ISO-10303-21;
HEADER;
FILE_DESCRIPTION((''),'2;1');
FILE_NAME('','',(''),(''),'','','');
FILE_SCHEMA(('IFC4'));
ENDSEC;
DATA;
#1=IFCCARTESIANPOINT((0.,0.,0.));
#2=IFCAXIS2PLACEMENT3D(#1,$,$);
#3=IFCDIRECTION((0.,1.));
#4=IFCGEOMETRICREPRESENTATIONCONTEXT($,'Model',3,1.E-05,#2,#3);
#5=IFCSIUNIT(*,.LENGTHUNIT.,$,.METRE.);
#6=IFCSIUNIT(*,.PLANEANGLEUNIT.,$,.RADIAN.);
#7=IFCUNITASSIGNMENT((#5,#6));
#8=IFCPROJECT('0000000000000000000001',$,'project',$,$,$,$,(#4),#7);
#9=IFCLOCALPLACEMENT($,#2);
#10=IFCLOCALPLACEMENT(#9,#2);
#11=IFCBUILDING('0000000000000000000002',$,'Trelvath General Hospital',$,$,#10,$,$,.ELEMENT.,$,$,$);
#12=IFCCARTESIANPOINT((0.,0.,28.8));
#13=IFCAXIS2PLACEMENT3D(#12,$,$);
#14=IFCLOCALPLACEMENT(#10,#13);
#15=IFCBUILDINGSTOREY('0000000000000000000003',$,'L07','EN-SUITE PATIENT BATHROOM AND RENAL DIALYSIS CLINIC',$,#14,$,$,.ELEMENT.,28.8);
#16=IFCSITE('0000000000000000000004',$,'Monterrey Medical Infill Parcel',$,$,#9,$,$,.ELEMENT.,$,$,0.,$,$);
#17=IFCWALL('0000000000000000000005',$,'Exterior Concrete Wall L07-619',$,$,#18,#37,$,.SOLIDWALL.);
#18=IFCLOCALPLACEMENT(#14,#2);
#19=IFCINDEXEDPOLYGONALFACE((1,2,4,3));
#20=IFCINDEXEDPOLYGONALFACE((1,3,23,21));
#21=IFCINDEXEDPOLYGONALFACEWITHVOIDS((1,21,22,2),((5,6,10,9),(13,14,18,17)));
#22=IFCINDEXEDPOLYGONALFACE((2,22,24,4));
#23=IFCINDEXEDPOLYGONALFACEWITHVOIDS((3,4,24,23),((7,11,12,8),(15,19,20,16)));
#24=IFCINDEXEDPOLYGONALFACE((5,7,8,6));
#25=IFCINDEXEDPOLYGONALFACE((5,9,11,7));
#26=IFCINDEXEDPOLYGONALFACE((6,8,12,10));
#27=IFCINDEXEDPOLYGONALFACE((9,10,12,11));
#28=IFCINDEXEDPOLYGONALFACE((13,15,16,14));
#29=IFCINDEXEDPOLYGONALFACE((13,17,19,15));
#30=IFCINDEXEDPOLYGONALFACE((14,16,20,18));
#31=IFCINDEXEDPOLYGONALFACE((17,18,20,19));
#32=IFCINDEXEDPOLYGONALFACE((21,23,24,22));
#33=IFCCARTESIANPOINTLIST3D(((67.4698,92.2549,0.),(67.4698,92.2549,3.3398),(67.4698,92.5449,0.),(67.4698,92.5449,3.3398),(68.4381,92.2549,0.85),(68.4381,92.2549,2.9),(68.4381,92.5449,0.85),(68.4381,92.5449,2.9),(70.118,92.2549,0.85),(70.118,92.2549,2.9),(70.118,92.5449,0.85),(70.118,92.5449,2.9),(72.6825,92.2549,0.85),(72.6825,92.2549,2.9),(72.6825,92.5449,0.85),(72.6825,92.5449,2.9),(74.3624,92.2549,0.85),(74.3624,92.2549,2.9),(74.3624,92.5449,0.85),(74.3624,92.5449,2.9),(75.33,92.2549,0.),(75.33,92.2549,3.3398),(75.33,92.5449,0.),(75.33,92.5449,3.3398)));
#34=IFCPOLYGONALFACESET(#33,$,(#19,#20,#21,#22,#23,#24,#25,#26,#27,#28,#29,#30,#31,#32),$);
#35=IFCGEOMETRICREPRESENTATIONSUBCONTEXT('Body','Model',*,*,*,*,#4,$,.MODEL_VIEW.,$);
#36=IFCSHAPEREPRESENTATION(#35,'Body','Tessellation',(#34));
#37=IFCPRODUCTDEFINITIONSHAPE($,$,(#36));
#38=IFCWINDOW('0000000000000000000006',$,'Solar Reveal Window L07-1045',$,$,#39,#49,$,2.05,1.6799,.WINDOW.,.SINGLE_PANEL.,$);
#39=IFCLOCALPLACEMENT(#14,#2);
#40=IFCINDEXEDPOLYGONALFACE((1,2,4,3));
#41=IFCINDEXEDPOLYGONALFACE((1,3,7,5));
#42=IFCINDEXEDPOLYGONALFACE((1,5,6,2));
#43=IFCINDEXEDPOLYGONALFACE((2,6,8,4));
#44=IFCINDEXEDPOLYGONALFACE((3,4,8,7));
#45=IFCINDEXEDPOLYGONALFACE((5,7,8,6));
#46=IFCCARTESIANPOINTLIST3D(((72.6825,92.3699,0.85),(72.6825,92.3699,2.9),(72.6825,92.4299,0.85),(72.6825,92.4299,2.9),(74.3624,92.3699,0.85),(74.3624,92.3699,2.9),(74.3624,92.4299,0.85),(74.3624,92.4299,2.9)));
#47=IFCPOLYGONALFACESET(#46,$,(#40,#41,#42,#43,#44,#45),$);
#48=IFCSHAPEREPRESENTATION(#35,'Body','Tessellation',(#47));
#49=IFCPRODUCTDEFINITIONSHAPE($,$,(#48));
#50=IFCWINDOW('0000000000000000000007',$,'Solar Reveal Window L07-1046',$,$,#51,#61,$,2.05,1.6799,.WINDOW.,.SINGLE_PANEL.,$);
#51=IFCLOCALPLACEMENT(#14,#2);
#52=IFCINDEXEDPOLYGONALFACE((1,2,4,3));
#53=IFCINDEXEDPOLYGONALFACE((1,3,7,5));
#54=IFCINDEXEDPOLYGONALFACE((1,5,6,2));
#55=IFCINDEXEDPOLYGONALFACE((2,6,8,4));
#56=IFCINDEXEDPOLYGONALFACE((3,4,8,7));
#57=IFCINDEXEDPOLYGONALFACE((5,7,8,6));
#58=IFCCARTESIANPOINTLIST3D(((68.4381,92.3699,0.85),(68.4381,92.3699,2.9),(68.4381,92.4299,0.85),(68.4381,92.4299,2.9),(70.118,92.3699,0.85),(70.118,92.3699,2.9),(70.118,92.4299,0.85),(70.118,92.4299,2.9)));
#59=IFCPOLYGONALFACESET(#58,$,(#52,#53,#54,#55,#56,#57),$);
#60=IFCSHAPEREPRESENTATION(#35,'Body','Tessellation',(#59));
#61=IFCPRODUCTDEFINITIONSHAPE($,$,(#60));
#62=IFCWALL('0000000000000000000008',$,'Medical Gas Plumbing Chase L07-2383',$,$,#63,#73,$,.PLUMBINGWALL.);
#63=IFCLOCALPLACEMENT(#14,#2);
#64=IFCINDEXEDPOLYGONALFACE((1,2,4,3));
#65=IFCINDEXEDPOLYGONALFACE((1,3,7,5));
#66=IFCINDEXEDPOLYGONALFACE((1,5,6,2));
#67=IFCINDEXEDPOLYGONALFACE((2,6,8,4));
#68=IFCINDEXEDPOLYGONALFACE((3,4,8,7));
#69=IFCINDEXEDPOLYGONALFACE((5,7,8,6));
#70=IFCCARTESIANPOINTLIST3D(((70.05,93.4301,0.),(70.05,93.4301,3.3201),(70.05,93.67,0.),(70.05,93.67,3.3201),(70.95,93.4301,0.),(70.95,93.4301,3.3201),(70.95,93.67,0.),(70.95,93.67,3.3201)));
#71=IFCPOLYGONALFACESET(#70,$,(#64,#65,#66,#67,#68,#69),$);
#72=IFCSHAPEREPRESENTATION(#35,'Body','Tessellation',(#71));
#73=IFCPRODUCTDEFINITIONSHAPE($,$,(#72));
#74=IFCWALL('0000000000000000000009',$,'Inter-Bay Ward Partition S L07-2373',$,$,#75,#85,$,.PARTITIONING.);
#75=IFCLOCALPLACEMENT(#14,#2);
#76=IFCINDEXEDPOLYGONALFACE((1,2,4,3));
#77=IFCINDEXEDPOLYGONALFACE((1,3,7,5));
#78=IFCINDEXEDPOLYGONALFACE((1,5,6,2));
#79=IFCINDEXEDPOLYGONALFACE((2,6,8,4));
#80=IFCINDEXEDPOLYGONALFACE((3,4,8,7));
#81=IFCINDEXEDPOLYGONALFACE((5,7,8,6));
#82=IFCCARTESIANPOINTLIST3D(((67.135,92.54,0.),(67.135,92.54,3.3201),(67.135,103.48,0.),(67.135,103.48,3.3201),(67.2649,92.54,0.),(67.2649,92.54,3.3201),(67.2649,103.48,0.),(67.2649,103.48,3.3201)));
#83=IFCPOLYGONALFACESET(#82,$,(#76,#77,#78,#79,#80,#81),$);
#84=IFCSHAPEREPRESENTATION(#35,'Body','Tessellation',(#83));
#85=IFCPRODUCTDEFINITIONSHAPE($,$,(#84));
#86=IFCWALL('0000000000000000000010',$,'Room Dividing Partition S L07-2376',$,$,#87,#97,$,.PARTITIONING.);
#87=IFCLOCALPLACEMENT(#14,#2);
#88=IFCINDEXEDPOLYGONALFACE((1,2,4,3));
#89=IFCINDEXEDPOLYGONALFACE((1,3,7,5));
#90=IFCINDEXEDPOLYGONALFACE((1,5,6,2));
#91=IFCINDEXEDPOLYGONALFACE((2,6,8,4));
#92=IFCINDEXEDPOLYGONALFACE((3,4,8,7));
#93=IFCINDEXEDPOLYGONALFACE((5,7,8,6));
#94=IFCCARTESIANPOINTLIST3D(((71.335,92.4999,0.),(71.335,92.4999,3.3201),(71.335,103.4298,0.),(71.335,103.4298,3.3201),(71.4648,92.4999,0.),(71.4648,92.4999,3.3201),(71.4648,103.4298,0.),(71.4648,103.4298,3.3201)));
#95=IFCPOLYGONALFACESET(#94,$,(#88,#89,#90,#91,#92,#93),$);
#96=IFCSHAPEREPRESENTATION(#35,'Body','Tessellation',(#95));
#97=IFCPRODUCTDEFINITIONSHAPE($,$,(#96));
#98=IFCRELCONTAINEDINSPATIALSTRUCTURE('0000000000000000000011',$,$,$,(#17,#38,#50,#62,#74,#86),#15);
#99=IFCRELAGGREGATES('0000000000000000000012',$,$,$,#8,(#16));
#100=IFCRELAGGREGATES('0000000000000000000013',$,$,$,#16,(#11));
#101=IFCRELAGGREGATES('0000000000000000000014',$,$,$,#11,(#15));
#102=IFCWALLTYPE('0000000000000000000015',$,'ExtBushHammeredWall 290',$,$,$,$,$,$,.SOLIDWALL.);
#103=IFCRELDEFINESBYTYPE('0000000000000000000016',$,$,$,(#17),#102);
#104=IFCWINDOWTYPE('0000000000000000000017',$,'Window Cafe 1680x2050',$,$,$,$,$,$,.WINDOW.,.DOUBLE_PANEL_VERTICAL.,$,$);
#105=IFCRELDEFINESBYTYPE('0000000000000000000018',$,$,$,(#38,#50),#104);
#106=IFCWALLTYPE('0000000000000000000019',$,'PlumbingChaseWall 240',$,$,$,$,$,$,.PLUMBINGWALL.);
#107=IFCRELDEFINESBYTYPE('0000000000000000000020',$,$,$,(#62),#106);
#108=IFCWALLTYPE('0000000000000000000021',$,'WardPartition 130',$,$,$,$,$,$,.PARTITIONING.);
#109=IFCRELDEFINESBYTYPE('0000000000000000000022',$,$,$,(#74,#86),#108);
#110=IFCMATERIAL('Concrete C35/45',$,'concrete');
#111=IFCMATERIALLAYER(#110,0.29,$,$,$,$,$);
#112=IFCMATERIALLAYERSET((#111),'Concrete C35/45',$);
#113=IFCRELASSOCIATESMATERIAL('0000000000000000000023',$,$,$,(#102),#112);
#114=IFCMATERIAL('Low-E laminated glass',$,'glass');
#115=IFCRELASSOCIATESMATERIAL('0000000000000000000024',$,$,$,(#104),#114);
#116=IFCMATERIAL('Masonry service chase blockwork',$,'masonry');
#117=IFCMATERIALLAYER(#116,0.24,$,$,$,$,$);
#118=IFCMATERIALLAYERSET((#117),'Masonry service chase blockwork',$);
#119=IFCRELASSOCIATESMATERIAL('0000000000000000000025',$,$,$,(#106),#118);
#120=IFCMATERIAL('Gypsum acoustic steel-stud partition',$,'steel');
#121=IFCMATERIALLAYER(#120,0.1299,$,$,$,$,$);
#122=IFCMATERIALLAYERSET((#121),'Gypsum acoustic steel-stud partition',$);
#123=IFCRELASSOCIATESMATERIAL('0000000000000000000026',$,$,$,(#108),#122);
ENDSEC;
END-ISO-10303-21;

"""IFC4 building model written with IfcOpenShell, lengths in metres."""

from ifc_helpers import new_model, si_unit, direction, frame, frame_2d, origin, place, context, subcontext, project, spatial, rectangle, extrude, material, layer, layer_set, type_object, element, fill, save


model = new_model("IFC4")

# Units and contexts
model_context = context("Model", 3, precision=1e-05, world=origin(), true_north=direction((0.0, 1.0)))
body_context = subcontext(model_context, "Body", "Model", "MODEL_VIEW")
ifc_project = project(units=[si_unit("LENGTHUNIT", "METRE"), si_unit("PLANEANGLEUNIT", "RADIAN")], contexts=[model_context])

# Site, building, storey
site_placement = place(None, origin())
site = spatial("IfcSite", under=ifc_project, at=site_placement, Name="Monterrey Medical Infill Parcel", CompositionType="ELEMENT", RefElevation=0.0)
building_placement = place(site_placement, origin())
building = spatial("IfcBuilding", under=site, at=building_placement, Name="Trelvath General Hospital", CompositionType="ELEMENT")
storey_placement = place(building_placement, frame((0.0, 0.0, 28.8)))
storey = spatial("IfcBuildingStorey", under=building, at=storey_placement, Name="L07", Description="EN-SUITE PATIENT BATHROOM AND RENAL DIALYSIS CLINIC", CompositionType="ELEMENT", Elevation=28.8)

# Wall, openings, windows
ifc_material_1 = material(Name="Concrete C35/45", Category="concrete")
ifc_layer_1 = layer(ifc_material_1, 0.29)
ifc_layer_set_1 = layer_set([ifc_layer_1], Name="Concrete C35/45")
wall_type_1 = type_object("IfcWallType", Name="ExtBushHammeredWall 290", PredefinedType="SOLIDWALL", material=ifc_layer_set_1)
wall_1_placement = place(storey_placement, frame((75.3301, 92.3999, 0.0), z_axis=(0.0, 0.0, 1.0), x_axis=(-1.0, 0.0, 0.0)))
wall_1 = element("IfcWall", 1, at=wall_1_placement, inside=storey, type_object=wall_type_1, Name="Exterior Concrete Wall L07-619", PredefinedType="SOLIDWALL", context=body_context, shape_type="SweptSolid", body=[
    extrude(rectangle(XDim=7.8601, YDim=0.29, at=frame_2d((3.9302, 0.0))), origin(), (0.0, 0.0, 1.0), 3.3398),
])
opening_1_placement = place(wall_1_placement, frame((0.9678, 0.0, 0.8501)))
opening_1 = element("IfcOpeningElement", 2, at=opening_1_placement, cuts=wall_1, PredefinedType="OPENING", context=body_context, shape_type="SweptSolid", body=[
    extrude(rectangle(XDim=1.6799, YDim=2.05, at=frame_2d((0.8398, 1.0249))), frame((0.0, 0.155, 0.0), z_axis=(0.0, -1.0, 0.0), x_axis=(1.0, 0.0, 0.0)), (0.0, 0.0, 1.0), 0.3101),
])
opening_2_placement = place(wall_1_placement, frame((5.2122, 0.0, 0.8501)))
opening_2 = element("IfcOpeningElement", 3, at=opening_2_placement, cuts=wall_1, PredefinedType="OPENING", context=body_context, shape_type="SweptSolid", body=[
    extrude(rectangle(XDim=1.6799, YDim=2.05, at=frame_2d((0.8398, 1.0249))), frame((0.0, 0.155, 0.0), z_axis=(0.0, -1.0, 0.0), x_axis=(1.0, 0.0, 0.0)), (0.0, 0.0, 1.0), 0.3101),
])
ifc_material_2 = material(Name="Low-E laminated glass", Category="glass")
window_type = type_object("IfcWindowType", Name="Window Cafe 1680x2050", PartitioningType="DOUBLE_PANEL_VERTICAL", PredefinedType="WINDOW", material=ifc_material_2)
window_1_placement = place(opening_1_placement, origin())
window_1 = element("IfcWindow", 4, at=window_1_placement, inside=storey, type_object=window_type, Name="Solar Reveal Window L07-1045", OverallHeight=2.05, OverallWidth=1.6799, PartitioningType="SINGLE_PANEL", PredefinedType="WINDOW", context=body_context, shape_type="SweptSolid", body=[
    extrude(rectangle(XDim=1.6799, YDim=2.05, at=frame_2d((0.8398, 1.0249))), frame((0.0, 0.03, 0.0), z_axis=(0.0, -1.0, 0.0), x_axis=(1.0, 0.0, 0.0)), (0.0, 0.0, 1.0), 0.0601),
])
fill(opening_1, window_1)
window_2_placement = place(opening_2_placement, origin())
window_2 = element("IfcWindow", 5, at=window_2_placement, inside=storey, type_object=window_type, Name="Solar Reveal Window L07-1046", OverallHeight=2.05, OverallWidth=1.6799, PartitioningType="SINGLE_PANEL", PredefinedType="WINDOW", context=body_context, shape_type="SweptSolid", body=[
    extrude(rectangle(XDim=1.6799, YDim=2.05, at=frame_2d((0.8398, 1.0249))), frame((0.0, 0.03, 0.0), z_axis=(0.0, -1.0, 0.0), x_axis=(1.0, 0.0, 0.0)), (0.0, 0.0, 1.0), 0.0601),
])
fill(opening_2, window_2)

# Walls
ifc_material_3 = material(Name="Masonry service chase blockwork", Category="masonry")
ifc_layer_2 = layer(ifc_material_3, 0.24)
ifc_layer_set_2 = layer_set([ifc_layer_2], Name="Masonry service chase blockwork")
wall_type_2 = type_object("IfcWallType", Name="PlumbingChaseWall 240", PredefinedType="PLUMBINGWALL", material=ifc_layer_set_2)
wall_2_placement = place(storey_placement, frame((70.05, 93.55, 0.0), z_axis=(0.0, 0.0, 1.0), x_axis=(1.0, 0.0, 0.0)))
element("IfcWall", 6, at=wall_2_placement, inside=storey, type_object=wall_type_2, Name="Medical Gas Plumbing Chase L07-2383", PredefinedType="PLUMBINGWALL", context=body_context, shape_type="SweptSolid", body=[
    extrude(rectangle(XDim=0.8999, YDim=0.24, at=frame_2d((0.45, 0.0))), origin(), (0.0, 0.0, 1.0), 3.3201),
])
ifc_material_4 = material(Name="Gypsum acoustic steel-stud partition", Category="steel")
ifc_layer_3 = layer(ifc_material_4, 0.1299)
ifc_layer_set_3 = layer_set([ifc_layer_3], Name="Gypsum acoustic steel-stud partition")
wall_type_3 = type_object("IfcWallType", Name="WardPartition 130", PredefinedType="PARTITIONING", material=ifc_layer_set_3)
wall_3_placement = place(storey_placement, frame((67.2, 92.54, 0.0), z_axis=(0.0, 0.0, 1.0), x_axis=(0.0, 1.0, 0.0)))
element("IfcWall", 7, at=wall_3_placement, inside=storey, type_object=wall_type_3, Name="Inter-Bay Ward Partition S L07-2373", PredefinedType="PARTITIONING", context=body_context, shape_type="SweptSolid", body=[
    extrude(rectangle(XDim=10.9399, YDim=0.1299, at=frame_2d((5.47, 0.0))), origin(), (0.0, 0.0, 1.0), 3.3201),
])
wall_4_placement = place(storey_placement, frame((71.3999, 92.5, 0.0), z_axis=(0.0, 0.0, 1.0), x_axis=(0.0, 1.0, 0.0)))
element("IfcWall", 8, at=wall_4_placement, inside=storey, type_object=wall_type_3, Name="Room Dividing Partition S L07-2376", PredefinedType="PARTITIONING", context=body_context, shape_type="SweptSolid", body=[
    extrude(rectangle(XDim=10.9299, YDim=0.1299, at=frame_2d((5.4648, 0.0))), origin(), (0.0, 0.0, 1.0), 3.3201),
])

save(model, "model.ifc")
